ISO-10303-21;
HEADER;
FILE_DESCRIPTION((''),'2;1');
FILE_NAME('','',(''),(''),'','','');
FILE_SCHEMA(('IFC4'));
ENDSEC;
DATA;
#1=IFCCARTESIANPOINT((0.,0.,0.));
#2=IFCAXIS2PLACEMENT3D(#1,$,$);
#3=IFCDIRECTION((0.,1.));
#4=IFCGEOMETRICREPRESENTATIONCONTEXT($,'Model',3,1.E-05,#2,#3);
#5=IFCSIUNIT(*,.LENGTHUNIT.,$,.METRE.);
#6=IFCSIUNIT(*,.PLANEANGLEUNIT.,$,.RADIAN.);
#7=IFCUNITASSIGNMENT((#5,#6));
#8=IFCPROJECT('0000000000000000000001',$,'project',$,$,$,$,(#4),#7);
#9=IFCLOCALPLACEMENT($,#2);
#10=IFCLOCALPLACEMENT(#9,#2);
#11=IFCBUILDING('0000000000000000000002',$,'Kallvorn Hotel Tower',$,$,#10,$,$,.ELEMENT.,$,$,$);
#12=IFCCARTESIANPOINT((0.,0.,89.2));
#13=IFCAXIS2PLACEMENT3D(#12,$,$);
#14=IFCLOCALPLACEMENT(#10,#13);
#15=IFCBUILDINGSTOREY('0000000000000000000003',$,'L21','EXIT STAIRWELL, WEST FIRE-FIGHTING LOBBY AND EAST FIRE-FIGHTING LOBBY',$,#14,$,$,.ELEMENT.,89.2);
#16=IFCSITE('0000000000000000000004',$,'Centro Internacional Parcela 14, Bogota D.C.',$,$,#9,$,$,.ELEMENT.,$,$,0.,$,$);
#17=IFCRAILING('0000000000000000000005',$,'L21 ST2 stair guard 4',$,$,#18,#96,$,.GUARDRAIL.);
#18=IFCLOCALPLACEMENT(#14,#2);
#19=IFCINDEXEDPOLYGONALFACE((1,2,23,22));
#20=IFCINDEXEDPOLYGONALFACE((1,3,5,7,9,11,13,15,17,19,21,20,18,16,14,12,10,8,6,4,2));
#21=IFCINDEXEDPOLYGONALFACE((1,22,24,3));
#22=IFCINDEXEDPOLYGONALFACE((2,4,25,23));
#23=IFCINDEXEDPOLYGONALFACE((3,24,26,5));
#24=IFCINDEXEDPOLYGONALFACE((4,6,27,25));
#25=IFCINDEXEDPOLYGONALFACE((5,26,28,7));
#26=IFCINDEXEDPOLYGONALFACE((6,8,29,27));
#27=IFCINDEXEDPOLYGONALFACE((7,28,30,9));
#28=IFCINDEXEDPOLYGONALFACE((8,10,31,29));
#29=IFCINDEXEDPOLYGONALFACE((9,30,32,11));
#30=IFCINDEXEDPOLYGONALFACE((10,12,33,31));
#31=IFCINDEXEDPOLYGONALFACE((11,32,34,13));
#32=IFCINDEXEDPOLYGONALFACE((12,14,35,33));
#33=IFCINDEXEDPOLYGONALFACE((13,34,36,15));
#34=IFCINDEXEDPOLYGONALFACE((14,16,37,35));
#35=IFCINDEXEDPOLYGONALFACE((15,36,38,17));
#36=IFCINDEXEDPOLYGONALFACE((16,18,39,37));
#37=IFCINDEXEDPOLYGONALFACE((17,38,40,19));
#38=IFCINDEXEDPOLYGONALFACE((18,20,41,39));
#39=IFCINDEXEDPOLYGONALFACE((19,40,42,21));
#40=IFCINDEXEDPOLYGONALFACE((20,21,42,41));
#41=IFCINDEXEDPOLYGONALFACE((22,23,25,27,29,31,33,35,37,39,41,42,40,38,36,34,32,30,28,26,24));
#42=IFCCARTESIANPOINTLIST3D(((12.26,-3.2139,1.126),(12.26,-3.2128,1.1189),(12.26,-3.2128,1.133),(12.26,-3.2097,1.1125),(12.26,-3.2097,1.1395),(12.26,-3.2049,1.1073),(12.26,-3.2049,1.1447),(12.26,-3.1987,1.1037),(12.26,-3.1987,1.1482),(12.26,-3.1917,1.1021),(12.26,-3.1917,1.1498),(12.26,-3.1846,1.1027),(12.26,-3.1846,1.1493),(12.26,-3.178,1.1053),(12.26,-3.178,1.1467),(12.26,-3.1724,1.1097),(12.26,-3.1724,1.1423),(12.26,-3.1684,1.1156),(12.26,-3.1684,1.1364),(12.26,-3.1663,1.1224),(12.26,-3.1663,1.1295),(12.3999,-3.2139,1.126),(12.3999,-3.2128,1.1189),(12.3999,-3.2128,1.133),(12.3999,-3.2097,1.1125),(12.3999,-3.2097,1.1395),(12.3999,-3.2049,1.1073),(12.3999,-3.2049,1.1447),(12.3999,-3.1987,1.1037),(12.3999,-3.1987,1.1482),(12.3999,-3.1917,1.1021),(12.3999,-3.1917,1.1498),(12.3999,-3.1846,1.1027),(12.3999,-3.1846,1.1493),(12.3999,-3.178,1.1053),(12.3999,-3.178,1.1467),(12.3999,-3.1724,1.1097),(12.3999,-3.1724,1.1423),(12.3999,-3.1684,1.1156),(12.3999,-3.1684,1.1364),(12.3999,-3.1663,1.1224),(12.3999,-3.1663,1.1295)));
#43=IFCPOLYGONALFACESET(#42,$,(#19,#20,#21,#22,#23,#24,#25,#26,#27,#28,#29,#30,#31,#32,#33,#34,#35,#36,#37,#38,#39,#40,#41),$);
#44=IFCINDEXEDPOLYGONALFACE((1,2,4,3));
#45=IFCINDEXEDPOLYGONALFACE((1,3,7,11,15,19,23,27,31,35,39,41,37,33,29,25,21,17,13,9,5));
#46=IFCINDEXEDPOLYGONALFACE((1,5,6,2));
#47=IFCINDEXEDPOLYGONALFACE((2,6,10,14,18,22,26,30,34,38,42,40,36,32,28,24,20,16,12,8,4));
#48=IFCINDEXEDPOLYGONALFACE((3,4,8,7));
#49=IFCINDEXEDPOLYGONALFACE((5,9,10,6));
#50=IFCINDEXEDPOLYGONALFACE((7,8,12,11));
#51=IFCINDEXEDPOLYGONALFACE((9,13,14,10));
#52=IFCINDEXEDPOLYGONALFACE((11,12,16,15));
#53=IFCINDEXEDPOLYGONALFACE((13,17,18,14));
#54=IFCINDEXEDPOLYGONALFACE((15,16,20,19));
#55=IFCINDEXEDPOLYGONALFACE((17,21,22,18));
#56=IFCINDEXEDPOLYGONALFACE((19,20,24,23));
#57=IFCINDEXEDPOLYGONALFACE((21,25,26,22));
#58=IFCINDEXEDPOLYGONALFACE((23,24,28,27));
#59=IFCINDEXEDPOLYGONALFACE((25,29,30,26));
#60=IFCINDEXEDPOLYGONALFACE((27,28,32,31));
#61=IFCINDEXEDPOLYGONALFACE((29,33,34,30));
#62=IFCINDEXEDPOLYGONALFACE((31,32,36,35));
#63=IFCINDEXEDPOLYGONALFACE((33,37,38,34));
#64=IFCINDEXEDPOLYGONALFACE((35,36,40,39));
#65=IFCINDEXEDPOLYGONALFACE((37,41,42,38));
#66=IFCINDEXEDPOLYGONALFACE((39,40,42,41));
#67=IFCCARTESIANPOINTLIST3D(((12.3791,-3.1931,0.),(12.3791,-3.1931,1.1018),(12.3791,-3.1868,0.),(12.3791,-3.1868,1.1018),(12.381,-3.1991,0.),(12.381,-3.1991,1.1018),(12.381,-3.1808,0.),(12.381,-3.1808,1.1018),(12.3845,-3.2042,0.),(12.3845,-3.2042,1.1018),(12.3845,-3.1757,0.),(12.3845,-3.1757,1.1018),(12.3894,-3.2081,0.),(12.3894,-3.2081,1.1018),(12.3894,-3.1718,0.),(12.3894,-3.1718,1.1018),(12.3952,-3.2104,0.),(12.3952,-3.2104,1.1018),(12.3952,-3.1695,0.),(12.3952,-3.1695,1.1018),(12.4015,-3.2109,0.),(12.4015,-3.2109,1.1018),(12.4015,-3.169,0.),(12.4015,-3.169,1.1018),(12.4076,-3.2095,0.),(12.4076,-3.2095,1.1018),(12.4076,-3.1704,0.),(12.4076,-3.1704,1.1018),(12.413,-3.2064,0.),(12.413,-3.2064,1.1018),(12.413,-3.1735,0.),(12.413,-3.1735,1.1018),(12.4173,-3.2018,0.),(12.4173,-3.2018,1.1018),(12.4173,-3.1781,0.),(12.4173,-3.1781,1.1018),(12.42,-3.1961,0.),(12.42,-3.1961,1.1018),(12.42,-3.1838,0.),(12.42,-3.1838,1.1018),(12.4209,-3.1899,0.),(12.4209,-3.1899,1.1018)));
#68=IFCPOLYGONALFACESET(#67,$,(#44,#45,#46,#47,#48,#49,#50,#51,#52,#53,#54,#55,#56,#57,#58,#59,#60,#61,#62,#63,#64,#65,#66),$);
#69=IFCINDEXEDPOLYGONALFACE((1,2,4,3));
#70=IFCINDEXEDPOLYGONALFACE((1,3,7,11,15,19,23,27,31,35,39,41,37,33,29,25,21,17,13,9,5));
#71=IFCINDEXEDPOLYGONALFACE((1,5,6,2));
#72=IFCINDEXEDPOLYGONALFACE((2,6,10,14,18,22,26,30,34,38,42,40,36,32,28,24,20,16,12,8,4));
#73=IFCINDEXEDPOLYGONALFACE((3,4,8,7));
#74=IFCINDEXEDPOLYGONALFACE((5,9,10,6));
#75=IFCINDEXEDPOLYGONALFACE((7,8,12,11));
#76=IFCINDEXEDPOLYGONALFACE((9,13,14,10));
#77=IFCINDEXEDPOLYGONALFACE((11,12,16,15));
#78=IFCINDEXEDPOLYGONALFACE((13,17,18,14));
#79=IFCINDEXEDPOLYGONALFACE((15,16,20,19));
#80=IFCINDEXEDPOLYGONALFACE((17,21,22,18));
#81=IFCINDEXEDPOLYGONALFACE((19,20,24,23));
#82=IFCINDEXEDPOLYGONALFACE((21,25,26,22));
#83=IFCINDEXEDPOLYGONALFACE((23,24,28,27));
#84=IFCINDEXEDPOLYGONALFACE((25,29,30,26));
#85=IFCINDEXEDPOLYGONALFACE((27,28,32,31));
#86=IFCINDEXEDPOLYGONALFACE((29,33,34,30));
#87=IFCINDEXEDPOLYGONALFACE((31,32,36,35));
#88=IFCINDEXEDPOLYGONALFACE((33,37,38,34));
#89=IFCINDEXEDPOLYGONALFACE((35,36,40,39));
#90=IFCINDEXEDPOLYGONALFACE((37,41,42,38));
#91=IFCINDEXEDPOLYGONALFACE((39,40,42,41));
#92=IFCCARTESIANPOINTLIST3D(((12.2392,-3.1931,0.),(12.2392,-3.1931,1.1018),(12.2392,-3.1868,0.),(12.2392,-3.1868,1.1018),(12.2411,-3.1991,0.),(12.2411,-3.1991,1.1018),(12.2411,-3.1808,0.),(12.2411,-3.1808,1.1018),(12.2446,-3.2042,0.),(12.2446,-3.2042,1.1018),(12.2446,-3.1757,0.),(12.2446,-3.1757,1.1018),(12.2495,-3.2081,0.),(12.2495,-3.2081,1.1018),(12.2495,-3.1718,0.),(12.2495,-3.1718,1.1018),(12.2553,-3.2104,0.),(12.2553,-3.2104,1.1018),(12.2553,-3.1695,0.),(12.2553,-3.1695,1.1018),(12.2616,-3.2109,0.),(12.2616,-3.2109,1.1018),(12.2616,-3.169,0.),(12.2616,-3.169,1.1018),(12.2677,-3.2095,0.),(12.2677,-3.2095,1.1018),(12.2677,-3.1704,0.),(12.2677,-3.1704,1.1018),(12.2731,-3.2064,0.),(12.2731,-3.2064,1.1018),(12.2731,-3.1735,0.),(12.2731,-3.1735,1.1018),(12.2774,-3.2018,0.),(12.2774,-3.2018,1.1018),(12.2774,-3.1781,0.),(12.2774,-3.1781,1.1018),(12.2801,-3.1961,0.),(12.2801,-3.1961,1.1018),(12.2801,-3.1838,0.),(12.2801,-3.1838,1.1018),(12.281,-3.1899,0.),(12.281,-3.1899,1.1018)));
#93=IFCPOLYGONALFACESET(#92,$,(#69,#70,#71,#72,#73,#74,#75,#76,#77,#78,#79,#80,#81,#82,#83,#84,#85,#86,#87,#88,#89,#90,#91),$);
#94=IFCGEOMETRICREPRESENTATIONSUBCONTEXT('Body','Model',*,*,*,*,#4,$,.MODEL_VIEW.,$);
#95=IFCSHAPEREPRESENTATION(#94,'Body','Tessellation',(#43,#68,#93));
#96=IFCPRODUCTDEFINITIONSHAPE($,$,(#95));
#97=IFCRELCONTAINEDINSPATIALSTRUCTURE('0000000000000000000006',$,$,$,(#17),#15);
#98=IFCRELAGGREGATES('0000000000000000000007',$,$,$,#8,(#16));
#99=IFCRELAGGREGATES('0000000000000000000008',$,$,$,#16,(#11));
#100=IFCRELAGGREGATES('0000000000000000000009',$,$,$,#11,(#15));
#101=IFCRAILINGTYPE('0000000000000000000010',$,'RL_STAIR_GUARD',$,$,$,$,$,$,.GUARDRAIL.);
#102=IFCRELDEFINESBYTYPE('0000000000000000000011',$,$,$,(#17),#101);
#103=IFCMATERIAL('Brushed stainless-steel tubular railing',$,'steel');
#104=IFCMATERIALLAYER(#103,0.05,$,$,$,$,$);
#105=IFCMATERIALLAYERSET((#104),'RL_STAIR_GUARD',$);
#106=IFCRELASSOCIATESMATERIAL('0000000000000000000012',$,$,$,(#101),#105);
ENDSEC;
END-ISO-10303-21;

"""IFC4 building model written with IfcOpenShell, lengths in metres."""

from ifc_helpers import new_model, si_unit, direction, frame, origin, origin_2d, place, context, subcontext, project, spatial, circle, extrude, material, layer, layer_set, type_object, element, save


model = new_model("IFC4")

# Units and contexts
model_context = context("Model", 3, precision=1e-05, world=origin(), true_north=direction((0.0, 1.0)))
body_context = subcontext(model_context, "Body", "Model", "MODEL_VIEW")
ifc_project = project(units=[si_unit("LENGTHUNIT", "METRE"), si_unit("PLANEANGLEUNIT", "RADIAN")], contexts=[model_context])

# Site, building, storey
site_placement = place(None, origin())
site = spatial("IfcSite", under=ifc_project, at=site_placement, Name="Centro Internacional Parcela 14, Bogota D.C.", CompositionType="ELEMENT", RefElevation=0.0)
building_placement = place(site_placement, origin())
building = spatial("IfcBuilding", under=site, at=building_placement, Name="Kallvorn Hotel Tower", CompositionType="ELEMENT")
storey_placement = place(building_placement, frame((0.0, 0.0, 89.2)))
storey = spatial("IfcBuildingStorey", under=building, at=storey_placement, Name="L21", Description="EXIT STAIRWELL, WEST FIRE-FIGHTING LOBBY AND EAST FIRE-FIGHTING LOBBY", CompositionType="ELEMENT", Elevation=89.2)

# Railing
ifc_material_1 = material(Name="Brushed stainless-steel tubular railing", Category="steel")
ifc_layer_1 = layer(ifc_material_1, 0.05)
ifc_layer_set_1 = layer_set([ifc_layer_1], Name="RL_STAIR_GUARD")
railing_type_1 = type_object("IfcRailingType", Name="RL_STAIR_GUARD", PredefinedType="GUARDRAIL", material=ifc_layer_set_1)
railing_1_placement = place(storey_placement, frame((12.3999, -3.1899, 0.0)))
element("IfcRailing", 1, at=railing_1_placement, inside=storey, type_object=railing_type_1, Name="L21 ST2 stair guard 4", PredefinedType="GUARDRAIL", context=body_context, shape_type="SweptSolid", body=[
    extrude(circle(Radius=0.0239, at=origin_2d()), frame((0.0, 0.0, 1.126), z_axis=(-1.0, 0.0, 0.0), x_axis=(0.0, -1.0, 0.0)), (0.0, 0.0, 1.0), 0.1399),
    extrude(circle(Radius=0.021, at=origin_2d()), origin(), (0.0, 0.0, 1.0), 1.1018),
    extrude(circle(Radius=0.021, at=origin_2d()), frame((-0.1399, 0.0, 0.0)), (0.0, 0.0, 1.0), 1.1018),
])

save(model, "model.ifc")
